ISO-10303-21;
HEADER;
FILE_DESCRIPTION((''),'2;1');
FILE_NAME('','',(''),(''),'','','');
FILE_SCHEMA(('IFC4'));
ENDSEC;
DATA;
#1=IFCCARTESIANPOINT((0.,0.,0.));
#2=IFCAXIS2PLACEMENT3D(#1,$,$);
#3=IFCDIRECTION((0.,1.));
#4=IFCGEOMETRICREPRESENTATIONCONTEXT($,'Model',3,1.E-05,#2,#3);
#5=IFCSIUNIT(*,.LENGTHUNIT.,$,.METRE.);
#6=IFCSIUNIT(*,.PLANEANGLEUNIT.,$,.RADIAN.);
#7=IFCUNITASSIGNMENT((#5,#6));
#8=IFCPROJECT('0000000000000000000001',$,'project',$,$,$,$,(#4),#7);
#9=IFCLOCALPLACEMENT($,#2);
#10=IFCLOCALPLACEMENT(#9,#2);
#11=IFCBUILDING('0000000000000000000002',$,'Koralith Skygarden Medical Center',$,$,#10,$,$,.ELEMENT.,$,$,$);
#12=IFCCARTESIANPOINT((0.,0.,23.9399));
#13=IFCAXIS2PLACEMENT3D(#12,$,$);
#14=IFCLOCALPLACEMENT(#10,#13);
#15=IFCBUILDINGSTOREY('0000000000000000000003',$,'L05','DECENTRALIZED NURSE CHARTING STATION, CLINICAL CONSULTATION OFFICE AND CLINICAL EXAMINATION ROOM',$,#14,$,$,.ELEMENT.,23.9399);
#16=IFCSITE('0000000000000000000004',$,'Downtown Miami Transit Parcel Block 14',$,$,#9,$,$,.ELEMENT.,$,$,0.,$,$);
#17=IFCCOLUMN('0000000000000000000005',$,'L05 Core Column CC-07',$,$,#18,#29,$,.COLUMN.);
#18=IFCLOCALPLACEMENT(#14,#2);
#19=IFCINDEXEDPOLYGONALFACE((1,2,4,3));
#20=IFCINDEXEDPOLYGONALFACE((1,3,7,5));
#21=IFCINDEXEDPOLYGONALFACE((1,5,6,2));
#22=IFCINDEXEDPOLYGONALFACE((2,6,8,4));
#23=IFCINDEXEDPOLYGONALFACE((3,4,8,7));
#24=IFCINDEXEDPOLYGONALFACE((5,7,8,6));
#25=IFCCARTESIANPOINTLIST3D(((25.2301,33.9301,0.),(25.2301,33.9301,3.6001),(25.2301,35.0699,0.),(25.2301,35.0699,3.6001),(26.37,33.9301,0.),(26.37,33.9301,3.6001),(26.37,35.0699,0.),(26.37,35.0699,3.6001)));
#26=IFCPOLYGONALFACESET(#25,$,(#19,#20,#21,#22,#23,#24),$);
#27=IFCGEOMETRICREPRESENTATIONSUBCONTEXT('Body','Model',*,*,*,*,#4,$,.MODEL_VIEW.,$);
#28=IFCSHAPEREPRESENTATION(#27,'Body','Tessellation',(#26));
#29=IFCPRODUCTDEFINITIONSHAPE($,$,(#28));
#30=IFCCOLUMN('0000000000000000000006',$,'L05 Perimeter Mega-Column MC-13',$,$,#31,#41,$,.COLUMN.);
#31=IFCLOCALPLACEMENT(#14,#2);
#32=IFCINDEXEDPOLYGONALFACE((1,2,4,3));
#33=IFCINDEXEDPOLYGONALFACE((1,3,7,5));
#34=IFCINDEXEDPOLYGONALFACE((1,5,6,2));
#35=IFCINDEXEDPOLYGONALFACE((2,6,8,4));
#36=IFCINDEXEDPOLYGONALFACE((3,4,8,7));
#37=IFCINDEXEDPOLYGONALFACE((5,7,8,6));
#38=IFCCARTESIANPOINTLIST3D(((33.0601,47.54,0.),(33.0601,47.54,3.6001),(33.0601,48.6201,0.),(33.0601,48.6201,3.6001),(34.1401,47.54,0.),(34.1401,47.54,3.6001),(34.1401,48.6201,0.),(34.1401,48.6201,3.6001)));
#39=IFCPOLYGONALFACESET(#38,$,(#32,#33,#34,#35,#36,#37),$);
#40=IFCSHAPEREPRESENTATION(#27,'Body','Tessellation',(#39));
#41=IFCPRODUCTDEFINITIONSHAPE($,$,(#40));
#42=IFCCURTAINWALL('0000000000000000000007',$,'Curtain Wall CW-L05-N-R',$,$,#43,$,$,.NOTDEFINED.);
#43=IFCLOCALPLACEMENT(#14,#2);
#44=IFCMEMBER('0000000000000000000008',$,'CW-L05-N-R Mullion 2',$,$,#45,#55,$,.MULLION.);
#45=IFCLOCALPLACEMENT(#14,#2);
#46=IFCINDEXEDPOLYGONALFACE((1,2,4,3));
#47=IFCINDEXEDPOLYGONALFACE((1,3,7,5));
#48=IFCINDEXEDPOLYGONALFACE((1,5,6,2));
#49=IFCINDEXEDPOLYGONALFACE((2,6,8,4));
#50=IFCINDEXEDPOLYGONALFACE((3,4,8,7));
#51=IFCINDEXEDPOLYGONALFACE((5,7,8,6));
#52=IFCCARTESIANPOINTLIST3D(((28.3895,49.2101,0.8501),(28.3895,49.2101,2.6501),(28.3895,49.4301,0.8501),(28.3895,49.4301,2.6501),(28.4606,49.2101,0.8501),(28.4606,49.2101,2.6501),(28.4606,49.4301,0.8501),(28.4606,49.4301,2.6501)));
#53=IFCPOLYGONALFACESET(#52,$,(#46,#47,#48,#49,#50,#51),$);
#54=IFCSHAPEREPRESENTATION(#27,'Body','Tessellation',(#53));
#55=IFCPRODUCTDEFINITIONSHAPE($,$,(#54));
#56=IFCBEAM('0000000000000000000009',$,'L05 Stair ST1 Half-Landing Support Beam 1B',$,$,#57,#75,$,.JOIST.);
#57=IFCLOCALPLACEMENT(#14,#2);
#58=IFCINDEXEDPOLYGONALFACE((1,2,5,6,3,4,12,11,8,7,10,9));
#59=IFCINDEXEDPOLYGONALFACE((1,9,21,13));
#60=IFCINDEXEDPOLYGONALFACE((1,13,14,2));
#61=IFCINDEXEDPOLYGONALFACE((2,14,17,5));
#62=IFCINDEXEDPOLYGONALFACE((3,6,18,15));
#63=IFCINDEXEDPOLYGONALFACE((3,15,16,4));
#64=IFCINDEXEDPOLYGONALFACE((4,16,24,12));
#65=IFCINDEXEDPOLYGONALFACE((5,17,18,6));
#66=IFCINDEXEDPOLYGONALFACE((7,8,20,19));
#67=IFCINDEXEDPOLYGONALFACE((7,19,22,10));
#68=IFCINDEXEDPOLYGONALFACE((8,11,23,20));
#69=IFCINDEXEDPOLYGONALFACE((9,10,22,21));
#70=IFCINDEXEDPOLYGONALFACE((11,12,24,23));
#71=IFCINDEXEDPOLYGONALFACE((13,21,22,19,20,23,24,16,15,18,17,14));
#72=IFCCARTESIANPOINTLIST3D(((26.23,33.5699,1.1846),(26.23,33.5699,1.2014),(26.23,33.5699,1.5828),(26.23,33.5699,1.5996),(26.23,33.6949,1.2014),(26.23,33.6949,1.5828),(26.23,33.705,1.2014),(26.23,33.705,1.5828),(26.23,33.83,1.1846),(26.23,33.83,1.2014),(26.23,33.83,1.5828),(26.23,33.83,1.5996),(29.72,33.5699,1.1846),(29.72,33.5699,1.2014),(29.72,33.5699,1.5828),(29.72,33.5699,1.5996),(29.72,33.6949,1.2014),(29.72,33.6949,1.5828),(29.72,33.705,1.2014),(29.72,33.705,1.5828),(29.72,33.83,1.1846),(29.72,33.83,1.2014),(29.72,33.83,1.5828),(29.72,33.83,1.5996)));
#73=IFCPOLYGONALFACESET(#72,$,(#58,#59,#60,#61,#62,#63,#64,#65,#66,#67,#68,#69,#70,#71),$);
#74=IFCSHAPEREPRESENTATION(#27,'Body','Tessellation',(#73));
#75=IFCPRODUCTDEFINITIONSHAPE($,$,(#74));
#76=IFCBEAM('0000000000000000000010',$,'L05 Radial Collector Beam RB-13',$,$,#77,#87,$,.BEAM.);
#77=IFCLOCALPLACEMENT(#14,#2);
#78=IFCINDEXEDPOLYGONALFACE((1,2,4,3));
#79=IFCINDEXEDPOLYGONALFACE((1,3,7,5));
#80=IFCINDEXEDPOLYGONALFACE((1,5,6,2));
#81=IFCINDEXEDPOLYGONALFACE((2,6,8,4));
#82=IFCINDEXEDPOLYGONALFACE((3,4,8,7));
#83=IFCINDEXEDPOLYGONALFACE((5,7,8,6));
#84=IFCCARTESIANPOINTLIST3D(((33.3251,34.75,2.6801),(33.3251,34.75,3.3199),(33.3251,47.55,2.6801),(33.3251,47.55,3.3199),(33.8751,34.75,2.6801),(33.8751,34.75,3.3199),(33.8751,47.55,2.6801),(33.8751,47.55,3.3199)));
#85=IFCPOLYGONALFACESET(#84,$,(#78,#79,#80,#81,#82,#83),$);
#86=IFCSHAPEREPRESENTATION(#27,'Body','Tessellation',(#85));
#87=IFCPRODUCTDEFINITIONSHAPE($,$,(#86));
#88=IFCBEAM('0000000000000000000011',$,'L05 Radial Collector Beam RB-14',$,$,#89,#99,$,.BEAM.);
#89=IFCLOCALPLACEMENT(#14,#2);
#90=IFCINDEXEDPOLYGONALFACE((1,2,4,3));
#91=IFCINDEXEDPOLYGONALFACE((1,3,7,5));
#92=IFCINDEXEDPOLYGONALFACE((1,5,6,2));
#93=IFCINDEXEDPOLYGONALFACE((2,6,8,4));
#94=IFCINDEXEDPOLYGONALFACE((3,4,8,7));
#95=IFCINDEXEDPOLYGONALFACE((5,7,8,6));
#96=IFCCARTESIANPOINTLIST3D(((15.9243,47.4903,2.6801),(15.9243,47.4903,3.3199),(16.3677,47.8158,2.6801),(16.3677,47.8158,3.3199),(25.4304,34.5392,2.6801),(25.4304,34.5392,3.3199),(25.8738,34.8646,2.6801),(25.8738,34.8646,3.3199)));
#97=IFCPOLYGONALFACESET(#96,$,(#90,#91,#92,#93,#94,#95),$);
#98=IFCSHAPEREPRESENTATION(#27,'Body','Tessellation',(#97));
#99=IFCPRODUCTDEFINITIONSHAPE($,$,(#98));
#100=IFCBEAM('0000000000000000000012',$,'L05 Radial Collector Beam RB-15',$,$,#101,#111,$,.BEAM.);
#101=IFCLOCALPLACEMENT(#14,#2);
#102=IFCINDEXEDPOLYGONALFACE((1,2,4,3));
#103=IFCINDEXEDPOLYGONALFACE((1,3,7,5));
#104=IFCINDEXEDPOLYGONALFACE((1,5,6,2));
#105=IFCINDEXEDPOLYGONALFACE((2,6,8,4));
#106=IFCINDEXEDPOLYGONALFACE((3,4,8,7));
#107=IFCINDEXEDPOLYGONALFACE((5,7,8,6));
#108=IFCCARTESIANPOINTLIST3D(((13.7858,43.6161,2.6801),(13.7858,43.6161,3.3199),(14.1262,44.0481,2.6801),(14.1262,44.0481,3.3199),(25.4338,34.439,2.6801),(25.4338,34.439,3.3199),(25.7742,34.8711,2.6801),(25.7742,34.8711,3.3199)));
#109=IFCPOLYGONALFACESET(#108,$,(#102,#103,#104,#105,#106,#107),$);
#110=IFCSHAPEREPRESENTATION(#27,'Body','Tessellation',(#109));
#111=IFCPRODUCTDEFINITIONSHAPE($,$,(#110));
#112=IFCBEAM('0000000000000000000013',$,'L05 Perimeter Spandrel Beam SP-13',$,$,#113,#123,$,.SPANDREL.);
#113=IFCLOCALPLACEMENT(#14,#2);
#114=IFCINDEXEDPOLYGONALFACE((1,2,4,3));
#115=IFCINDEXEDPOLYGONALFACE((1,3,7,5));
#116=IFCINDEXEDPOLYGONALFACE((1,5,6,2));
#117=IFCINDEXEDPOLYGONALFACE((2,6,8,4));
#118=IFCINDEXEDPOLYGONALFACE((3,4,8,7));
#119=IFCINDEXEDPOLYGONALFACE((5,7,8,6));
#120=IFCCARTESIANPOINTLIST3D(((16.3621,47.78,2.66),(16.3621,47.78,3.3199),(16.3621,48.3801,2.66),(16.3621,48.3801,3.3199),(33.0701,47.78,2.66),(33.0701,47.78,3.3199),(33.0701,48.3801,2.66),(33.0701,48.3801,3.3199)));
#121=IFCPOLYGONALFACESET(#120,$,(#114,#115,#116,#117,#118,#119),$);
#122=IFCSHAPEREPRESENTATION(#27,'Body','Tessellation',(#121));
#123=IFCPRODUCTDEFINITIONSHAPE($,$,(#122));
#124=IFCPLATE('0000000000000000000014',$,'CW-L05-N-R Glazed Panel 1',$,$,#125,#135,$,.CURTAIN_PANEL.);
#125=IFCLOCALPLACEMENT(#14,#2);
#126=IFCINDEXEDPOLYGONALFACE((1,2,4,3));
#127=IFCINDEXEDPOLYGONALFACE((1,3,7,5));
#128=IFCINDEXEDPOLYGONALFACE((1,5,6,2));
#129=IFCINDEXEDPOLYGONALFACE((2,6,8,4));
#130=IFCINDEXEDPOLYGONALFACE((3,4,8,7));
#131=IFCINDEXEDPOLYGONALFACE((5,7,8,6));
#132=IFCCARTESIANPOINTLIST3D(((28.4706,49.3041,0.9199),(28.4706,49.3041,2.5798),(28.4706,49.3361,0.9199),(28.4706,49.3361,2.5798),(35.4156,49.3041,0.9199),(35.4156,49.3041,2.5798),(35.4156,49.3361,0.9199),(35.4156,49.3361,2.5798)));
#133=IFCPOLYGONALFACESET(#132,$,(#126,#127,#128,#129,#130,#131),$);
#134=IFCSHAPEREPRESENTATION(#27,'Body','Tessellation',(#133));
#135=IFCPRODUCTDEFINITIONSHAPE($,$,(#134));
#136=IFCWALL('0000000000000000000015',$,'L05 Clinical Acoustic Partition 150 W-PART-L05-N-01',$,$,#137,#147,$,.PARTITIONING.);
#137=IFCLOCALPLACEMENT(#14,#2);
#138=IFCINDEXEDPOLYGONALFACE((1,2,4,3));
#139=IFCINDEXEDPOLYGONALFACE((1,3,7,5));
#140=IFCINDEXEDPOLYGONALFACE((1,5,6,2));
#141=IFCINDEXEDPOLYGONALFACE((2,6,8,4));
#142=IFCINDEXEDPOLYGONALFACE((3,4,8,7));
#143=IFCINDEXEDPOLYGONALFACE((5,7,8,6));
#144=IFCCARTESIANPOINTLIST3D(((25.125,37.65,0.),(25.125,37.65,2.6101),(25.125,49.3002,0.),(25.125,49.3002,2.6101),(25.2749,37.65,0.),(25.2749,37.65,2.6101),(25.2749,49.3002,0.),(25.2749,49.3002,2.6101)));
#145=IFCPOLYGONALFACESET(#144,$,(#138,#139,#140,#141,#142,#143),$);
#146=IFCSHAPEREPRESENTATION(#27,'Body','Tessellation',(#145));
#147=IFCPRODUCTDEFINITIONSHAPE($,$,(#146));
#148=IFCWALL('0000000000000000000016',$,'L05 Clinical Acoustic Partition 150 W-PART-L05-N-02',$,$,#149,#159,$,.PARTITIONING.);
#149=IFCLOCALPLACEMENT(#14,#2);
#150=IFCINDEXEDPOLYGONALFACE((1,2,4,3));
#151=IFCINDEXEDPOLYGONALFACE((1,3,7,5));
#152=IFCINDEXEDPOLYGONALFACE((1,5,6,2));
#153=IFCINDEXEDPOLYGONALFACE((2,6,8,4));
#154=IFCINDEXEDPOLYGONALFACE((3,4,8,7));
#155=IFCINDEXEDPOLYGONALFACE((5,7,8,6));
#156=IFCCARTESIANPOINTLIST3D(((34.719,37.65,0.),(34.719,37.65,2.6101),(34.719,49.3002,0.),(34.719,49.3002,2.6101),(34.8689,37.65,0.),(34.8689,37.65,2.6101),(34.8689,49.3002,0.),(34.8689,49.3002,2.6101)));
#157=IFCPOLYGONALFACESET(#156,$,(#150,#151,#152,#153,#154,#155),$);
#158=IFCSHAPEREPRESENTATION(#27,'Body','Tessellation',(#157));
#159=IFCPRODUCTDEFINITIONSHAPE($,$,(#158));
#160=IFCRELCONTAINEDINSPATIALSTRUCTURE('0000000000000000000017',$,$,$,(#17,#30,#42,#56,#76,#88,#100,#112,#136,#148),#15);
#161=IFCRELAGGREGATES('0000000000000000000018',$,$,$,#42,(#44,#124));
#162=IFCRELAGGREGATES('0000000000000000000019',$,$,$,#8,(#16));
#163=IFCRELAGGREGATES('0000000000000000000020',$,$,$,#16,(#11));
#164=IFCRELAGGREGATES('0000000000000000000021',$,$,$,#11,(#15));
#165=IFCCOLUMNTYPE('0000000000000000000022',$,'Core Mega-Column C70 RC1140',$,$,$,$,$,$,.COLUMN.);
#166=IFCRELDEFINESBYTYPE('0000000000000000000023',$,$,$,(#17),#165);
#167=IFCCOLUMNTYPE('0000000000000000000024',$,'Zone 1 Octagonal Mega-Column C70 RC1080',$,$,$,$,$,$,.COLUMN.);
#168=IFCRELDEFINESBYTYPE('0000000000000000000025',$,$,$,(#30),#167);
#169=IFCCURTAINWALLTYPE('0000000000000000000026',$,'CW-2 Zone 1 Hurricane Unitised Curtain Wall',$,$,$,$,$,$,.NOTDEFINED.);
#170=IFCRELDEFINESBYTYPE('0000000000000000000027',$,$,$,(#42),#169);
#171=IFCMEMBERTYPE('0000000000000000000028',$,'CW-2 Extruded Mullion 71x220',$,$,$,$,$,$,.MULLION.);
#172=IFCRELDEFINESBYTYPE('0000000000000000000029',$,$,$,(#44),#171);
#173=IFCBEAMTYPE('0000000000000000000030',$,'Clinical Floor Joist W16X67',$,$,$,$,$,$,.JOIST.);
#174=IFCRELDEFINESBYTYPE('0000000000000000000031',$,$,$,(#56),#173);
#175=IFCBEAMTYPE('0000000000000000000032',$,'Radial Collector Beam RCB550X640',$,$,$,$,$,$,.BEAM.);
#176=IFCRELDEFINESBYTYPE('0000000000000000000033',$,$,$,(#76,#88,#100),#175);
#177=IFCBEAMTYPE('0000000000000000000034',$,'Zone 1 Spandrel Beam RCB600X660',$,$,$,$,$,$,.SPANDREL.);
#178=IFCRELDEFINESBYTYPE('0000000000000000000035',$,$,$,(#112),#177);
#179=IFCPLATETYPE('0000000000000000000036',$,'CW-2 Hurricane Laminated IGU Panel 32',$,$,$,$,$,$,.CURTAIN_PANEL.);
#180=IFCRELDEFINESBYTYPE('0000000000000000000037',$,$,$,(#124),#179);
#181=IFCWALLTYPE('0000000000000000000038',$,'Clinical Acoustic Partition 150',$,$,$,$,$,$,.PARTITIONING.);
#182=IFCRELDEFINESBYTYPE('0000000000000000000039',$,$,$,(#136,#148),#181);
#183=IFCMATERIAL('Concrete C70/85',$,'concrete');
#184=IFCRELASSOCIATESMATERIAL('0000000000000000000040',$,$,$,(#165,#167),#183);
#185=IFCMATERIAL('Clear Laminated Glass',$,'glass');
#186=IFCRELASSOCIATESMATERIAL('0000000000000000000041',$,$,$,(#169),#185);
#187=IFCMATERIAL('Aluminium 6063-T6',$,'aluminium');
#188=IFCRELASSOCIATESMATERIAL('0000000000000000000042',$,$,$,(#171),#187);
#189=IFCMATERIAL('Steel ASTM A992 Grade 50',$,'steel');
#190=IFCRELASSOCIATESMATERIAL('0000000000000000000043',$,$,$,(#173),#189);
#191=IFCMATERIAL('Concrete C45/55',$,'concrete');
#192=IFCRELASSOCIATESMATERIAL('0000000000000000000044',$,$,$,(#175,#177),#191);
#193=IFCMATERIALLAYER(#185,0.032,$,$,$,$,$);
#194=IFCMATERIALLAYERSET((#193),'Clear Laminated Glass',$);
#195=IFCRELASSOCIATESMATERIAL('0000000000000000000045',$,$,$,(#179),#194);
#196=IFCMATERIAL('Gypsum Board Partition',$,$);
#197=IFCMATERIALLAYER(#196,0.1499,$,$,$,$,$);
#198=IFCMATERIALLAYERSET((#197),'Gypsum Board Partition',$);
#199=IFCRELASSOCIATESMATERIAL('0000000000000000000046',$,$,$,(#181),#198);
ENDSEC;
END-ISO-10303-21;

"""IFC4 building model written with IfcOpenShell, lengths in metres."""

from ifc_helpers import new_model, si_unit, direction, frame, frame_2d, origin, origin_2d, place, context, subcontext, project, spatial, rectangle, i_section, extrude, material, layer, layer_set, material_profile, profile_set, type_object, element, aggregate, save


model = new_model("IFC4")

# Units and contexts
model_context = context("Model", 3, precision=1e-05, world=origin(), true_north=direction((0.0, 1.0)))
body_context = subcontext(model_context, "Body", "Model", "MODEL_VIEW")
ifc_project = project(units=[si_unit("LENGTHUNIT", "METRE"), si_unit("PLANEANGLEUNIT", "RADIAN")], contexts=[model_context])

# Site, building, storey
site_placement = place(None, origin())
site = spatial("IfcSite", under=ifc_project, at=site_placement, Name="Downtown Miami Transit Parcel Block 14", CompositionType="ELEMENT", RefElevation=0.0)
building_placement = place(site_placement, origin())
building = spatial("IfcBuilding", under=site, at=building_placement, Name="Koralith Skygarden Medical Center", CompositionType="ELEMENT")
storey_placement = place(building_placement, frame((0.0, 0.0, 23.9399)))
storey = spatial("IfcBuildingStorey", under=building, at=storey_placement, Name="L05", Description="DECENTRALIZED NURSE CHARTING STATION, CLINICAL CONSULTATION OFFICE AND CLINICAL EXAMINATION ROOM", CompositionType="ELEMENT", Elevation=23.9399)

# Columns
ifc_material_1 = material(Name="Concrete C70/85", Category="concrete")
ifc_material_profile_1 = material_profile(ifc_material_1, rectangle(XDim=1.1399, YDim=1.1399, at=origin_2d()), Name="RC1140X1140")
ifc_profile_set_1 = profile_set([ifc_material_profile_1], Name="Concrete C70/85")
column_type_1 = type_object("IfcColumnType", Name="Core Mega-Column C70 RC1140", PredefinedType="COLUMN", material=ifc_profile_set_1)
column_1_placement = place(storey_placement, frame((25.8, 34.5, 0.0), z_axis=(0.0, 0.0, 1.0), x_axis=(1.0, 0.0, 0.0)))
element("IfcColumn", 1, at=column_1_placement, inside=storey, type_object=column_type_1, Name="L05 Core Column CC-07", PredefinedType="COLUMN", context=body_context, shape_type="SweptSolid", body=[
    extrude(rectangle(XDim=1.1399, YDim=1.1399, at=origin_2d()), origin(), (0.0, 0.0, 1.0), 3.6001),
])
ifc_material_profile_2 = material_profile(ifc_material_1, rectangle(XDim=1.0801, YDim=1.0801, at=origin_2d()), Name="RC1080X1080")
ifc_profile_set_2 = profile_set([ifc_material_profile_2], Name="Concrete C70/85")
column_type_2 = type_object("IfcColumnType", Name="Zone 1 Octagonal Mega-Column C70 RC1080", PredefinedType="COLUMN", material=ifc_profile_set_2)
column_2_placement = place(storey_placement, frame((33.6001, 48.0801, 0.0), z_axis=(0.0, 0.0, 1.0), x_axis=(1.0, 0.0, 0.0)))
element("IfcColumn", 2, at=column_2_placement, inside=storey, type_object=column_type_2, Name="L05 Perimeter Mega-Column MC-13", PredefinedType="COLUMN", context=body_context, shape_type="SweptSolid", body=[
    extrude(rectangle(XDim=1.0801, YDim=1.0801, at=origin_2d()), origin(), (0.0, 0.0, 1.0), 3.6001),
])

# Curtain wall, member
ifc_material_2 = material(Name="Clear Laminated Glass", Category="glass")
curtain_wall_type = type_object("IfcCurtainWallType", Name="CW-2 Zone 1 Hurricane Unitised Curtain Wall", PredefinedType="NOTDEFINED", material=ifc_material_2)
curtain_wall_placement = place(storey_placement, origin())
curtain_wall = element("IfcCurtainWall", 3, at=curtain_wall_placement, inside=storey, type_object=curtain_wall_type, Name="Curtain Wall CW-L05-N-R", PredefinedType="NOTDEFINED")
ifc_material_3 = material(Name="Aluminium 6063-T6", Category="aluminium")
ifc_material_profile_3 = material_profile(ifc_material_3, rectangle(XDim=0.071, YDim=0.22, at=origin_2d()), Name="MUL71X220")
ifc_profile_set_3 = profile_set([ifc_material_profile_3], Name="Aluminium 6063-T6")
member_type = type_object("IfcMemberType", Name="CW-2 Extruded Mullion 71x220", PredefinedType="MULLION", material=ifc_profile_set_3)
member_placement = place(storey_placement, frame((28.425, 49.3201, 0.8501), z_axis=(0.0, 0.0, 1.0), x_axis=(1.0, 0.0, 0.0)))
member = element("IfcMember", 4, at=member_placement, type_object=member_type, Name="CW-L05-N-R Mullion 2", PredefinedType="MULLION", context=body_context, shape_type="SweptSolid", body=[
    extrude(rectangle(XDim=0.071, YDim=0.22, at=origin_2d()), origin(), (0.0, 0.0, 1.0), 1.8),
])

# Beams
ifc_material_4 = material(Name="Steel ASTM A992 Grade 50", Category="steel")
ifc_material_profile_4 = material_profile(ifc_material_4, i_section(OverallWidth=0.26, OverallDepth=0.415, WebThickness=0.01, FlangeThickness=0.0168, at=origin_2d()), Name="W16X67")
ifc_profile_set_4 = profile_set([ifc_material_profile_4], Name="Steel ASTM A992 Grade 50")
beam_type_1 = type_object("IfcBeamType", Name="Clinical Floor Joist W16X67", PredefinedType="JOIST", material=ifc_profile_set_4)
beam_1_placement = place(storey_placement, frame((26.23, 33.7, 1.3921), z_axis=(1.0, 0.0, 0.0), x_axis=(0.0, 1.0, 0.0)))
element("IfcBeam", 5, at=beam_1_placement, inside=storey, type_object=beam_type_1, Name="L05 Stair ST1 Half-Landing Support Beam 1B", PredefinedType="JOIST", context=body_context, shape_type="SweptSolid", body=[
    extrude(i_section(OverallWidth=0.26, OverallDepth=0.415, WebThickness=0.01, FlangeThickness=0.0168, at=origin_2d()), origin(), (0.0, 0.0, 1.0), 3.49),
])
ifc_material_5 = material(Name="Concrete C45/55", Category="concrete")
ifc_material_profile_5 = material_profile(ifc_material_5, rectangle(XDim=0.55, YDim=0.6399, at=origin_2d()), Name="RCB550X640")
ifc_profile_set_5 = profile_set([ifc_material_profile_5], Name="Concrete C45/55")
beam_type_2 = type_object("IfcBeamType", Name="Radial Collector Beam RCB550X640", PredefinedType="BEAM", material=ifc_profile_set_5)
beam_2_placement = place(storey_placement, frame((33.6001, 34.75, 3.0), z_axis=(0.0, 1.0, 0.0), x_axis=(-1.0, 0.0, 0.0)))
element("IfcBeam", 6, at=beam_2_placement, inside=storey, type_object=beam_type_2, Name="L05 Radial Collector Beam RB-13", PredefinedType="BEAM", context=body_context, shape_type="SweptSolid", body=[
    extrude(rectangle(XDim=0.55, YDim=0.6399, at=origin_2d()), origin(), (0.0, 0.0, 1.0), 12.8),
])
beam_3_placement = place(storey_placement, frame((25.6521, 34.7019, 3.0), z_axis=(-0.591711, 0.80615, 0.0), x_axis=(-0.80615, -0.591711, 0.0)))
element("IfcBeam", 7, at=beam_3_placement, inside=storey, type_object=beam_type_2, Name="L05 Radial Collector Beam RB-14", PredefinedType="BEAM", context=body_context, shape_type="SweptSolid", body=[
    extrude(rectangle(XDim=0.55, YDim=0.6399, at=origin_2d()), origin(), (0.0, 0.0, 1.0), 16.0654),
])
beam_4_placement = place(storey_placement, frame((25.604, 34.655, 3.0), z_axis=(-0.785497, 0.618865, 0.0), x_axis=(-0.618865, -0.785497, 0.0)))
element("IfcBeam", 8, at=beam_4_placement, inside=storey, type_object=beam_type_2, Name="L05 Radial Collector Beam RB-15", PredefinedType="BEAM", context=body_context, shape_type="SweptSolid", body=[
    extrude(rectangle(XDim=0.55, YDim=0.6399, at=origin_2d()), origin(), (0.0, 0.0, 1.0), 14.8289),
])
ifc_material_profile_6 = material_profile(ifc_material_5, rectangle(XDim=0.6001, YDim=0.6599, at=origin_2d()), Name="RCB600X660")
ifc_profile_set_6 = profile_set([ifc_material_profile_6], Name="Concrete C45/55")
beam_type_3 = type_object("IfcBeamType", Name="Zone 1 Spandrel Beam RCB600X660", PredefinedType="SPANDREL", material=ifc_profile_set_6)
beam_5_placement = place(storey_placement, frame((33.0701, 48.0801, 2.99), z_axis=(-1.0, 0.0, 0.0), x_axis=(0.0, -1.0, 0.0)))
element("IfcBeam", 9, at=beam_5_placement, inside=storey, type_object=beam_type_3, Name="L05 Perimeter Spandrel Beam SP-13", PredefinedType="SPANDREL", context=body_context, shape_type="SweptSolid", body=[
    extrude(rectangle(XDim=0.6001, YDim=0.6599, at=origin_2d()), origin(), (0.0, 0.0, 1.0), 16.708),
])

# Plate
ifc_layer_1 = layer(ifc_material_2, 0.032)
ifc_layer_set_1 = layer_set([ifc_layer_1], Name="Clear Laminated Glass")
plate_type = type_object("IfcPlateType", Name="CW-2 Hurricane Laminated IGU Panel 32", PredefinedType="CURTAIN_PANEL", material=ifc_layer_set_1)
plate_placement = place(storey_placement, frame((31.9431, 49.3201, 0.9199), z_axis=(0.0, 0.0, 1.0), x_axis=(-1.0, 0.0, 0.0)))
plate = element("IfcPlate", 10, at=plate_placement, type_object=plate_type, Name="CW-L05-N-R Glazed Panel 1", PredefinedType="CURTAIN_PANEL", context=body_context, shape_type="SweptSolid", body=[
    extrude(rectangle(XDim=6.9451, YDim=0.032, at=origin_2d()), origin(), (0.0, 0.0, 1.0), 1.6599),
])
aggregate(curtain_wall, [member, plate])

# Walls
ifc_material_6 = material(Name="Gypsum Board Partition")
ifc_layer_2 = layer(ifc_material_6, 0.1499)
ifc_layer_set_2 = layer_set([ifc_layer_2], Name="Gypsum Board Partition")
wall_type_1 = type_object("IfcWallType", Name="Clinical Acoustic Partition 150", PredefinedType="PARTITIONING", material=ifc_layer_set_2)
for number, where, z_axis, x_axis, name in (
    (11, (25.2, 37.6499, 0.0), (0.0, 0.0, 1.0), (0.0, 1.0, 0.0), "L05 Clinical Acoustic Partition 150 W-PART-L05-N-01"),
    (12, (34.7939, 37.6499, 0.0), (0.0, 0.0, 1.0), (0.0, 1.0, 0.0), "L05 Clinical Acoustic Partition 150 W-PART-L05-N-02"),
):
    element("IfcWall", number, at=place(storey_placement, frame(where, z_axis=z_axis, x_axis=x_axis)), inside=storey, type_object=wall_type_1, Name=name, PredefinedType="PARTITIONING", context=body_context, shape_type="SweptSolid", body=[
        extrude(rectangle(XDim=11.6501, YDim=0.1499, at=frame_2d((5.8252, 0.0))), origin(), (0.0, 0.0, 1.0), 2.6101),
    ])

save(model, "model.ifc")
